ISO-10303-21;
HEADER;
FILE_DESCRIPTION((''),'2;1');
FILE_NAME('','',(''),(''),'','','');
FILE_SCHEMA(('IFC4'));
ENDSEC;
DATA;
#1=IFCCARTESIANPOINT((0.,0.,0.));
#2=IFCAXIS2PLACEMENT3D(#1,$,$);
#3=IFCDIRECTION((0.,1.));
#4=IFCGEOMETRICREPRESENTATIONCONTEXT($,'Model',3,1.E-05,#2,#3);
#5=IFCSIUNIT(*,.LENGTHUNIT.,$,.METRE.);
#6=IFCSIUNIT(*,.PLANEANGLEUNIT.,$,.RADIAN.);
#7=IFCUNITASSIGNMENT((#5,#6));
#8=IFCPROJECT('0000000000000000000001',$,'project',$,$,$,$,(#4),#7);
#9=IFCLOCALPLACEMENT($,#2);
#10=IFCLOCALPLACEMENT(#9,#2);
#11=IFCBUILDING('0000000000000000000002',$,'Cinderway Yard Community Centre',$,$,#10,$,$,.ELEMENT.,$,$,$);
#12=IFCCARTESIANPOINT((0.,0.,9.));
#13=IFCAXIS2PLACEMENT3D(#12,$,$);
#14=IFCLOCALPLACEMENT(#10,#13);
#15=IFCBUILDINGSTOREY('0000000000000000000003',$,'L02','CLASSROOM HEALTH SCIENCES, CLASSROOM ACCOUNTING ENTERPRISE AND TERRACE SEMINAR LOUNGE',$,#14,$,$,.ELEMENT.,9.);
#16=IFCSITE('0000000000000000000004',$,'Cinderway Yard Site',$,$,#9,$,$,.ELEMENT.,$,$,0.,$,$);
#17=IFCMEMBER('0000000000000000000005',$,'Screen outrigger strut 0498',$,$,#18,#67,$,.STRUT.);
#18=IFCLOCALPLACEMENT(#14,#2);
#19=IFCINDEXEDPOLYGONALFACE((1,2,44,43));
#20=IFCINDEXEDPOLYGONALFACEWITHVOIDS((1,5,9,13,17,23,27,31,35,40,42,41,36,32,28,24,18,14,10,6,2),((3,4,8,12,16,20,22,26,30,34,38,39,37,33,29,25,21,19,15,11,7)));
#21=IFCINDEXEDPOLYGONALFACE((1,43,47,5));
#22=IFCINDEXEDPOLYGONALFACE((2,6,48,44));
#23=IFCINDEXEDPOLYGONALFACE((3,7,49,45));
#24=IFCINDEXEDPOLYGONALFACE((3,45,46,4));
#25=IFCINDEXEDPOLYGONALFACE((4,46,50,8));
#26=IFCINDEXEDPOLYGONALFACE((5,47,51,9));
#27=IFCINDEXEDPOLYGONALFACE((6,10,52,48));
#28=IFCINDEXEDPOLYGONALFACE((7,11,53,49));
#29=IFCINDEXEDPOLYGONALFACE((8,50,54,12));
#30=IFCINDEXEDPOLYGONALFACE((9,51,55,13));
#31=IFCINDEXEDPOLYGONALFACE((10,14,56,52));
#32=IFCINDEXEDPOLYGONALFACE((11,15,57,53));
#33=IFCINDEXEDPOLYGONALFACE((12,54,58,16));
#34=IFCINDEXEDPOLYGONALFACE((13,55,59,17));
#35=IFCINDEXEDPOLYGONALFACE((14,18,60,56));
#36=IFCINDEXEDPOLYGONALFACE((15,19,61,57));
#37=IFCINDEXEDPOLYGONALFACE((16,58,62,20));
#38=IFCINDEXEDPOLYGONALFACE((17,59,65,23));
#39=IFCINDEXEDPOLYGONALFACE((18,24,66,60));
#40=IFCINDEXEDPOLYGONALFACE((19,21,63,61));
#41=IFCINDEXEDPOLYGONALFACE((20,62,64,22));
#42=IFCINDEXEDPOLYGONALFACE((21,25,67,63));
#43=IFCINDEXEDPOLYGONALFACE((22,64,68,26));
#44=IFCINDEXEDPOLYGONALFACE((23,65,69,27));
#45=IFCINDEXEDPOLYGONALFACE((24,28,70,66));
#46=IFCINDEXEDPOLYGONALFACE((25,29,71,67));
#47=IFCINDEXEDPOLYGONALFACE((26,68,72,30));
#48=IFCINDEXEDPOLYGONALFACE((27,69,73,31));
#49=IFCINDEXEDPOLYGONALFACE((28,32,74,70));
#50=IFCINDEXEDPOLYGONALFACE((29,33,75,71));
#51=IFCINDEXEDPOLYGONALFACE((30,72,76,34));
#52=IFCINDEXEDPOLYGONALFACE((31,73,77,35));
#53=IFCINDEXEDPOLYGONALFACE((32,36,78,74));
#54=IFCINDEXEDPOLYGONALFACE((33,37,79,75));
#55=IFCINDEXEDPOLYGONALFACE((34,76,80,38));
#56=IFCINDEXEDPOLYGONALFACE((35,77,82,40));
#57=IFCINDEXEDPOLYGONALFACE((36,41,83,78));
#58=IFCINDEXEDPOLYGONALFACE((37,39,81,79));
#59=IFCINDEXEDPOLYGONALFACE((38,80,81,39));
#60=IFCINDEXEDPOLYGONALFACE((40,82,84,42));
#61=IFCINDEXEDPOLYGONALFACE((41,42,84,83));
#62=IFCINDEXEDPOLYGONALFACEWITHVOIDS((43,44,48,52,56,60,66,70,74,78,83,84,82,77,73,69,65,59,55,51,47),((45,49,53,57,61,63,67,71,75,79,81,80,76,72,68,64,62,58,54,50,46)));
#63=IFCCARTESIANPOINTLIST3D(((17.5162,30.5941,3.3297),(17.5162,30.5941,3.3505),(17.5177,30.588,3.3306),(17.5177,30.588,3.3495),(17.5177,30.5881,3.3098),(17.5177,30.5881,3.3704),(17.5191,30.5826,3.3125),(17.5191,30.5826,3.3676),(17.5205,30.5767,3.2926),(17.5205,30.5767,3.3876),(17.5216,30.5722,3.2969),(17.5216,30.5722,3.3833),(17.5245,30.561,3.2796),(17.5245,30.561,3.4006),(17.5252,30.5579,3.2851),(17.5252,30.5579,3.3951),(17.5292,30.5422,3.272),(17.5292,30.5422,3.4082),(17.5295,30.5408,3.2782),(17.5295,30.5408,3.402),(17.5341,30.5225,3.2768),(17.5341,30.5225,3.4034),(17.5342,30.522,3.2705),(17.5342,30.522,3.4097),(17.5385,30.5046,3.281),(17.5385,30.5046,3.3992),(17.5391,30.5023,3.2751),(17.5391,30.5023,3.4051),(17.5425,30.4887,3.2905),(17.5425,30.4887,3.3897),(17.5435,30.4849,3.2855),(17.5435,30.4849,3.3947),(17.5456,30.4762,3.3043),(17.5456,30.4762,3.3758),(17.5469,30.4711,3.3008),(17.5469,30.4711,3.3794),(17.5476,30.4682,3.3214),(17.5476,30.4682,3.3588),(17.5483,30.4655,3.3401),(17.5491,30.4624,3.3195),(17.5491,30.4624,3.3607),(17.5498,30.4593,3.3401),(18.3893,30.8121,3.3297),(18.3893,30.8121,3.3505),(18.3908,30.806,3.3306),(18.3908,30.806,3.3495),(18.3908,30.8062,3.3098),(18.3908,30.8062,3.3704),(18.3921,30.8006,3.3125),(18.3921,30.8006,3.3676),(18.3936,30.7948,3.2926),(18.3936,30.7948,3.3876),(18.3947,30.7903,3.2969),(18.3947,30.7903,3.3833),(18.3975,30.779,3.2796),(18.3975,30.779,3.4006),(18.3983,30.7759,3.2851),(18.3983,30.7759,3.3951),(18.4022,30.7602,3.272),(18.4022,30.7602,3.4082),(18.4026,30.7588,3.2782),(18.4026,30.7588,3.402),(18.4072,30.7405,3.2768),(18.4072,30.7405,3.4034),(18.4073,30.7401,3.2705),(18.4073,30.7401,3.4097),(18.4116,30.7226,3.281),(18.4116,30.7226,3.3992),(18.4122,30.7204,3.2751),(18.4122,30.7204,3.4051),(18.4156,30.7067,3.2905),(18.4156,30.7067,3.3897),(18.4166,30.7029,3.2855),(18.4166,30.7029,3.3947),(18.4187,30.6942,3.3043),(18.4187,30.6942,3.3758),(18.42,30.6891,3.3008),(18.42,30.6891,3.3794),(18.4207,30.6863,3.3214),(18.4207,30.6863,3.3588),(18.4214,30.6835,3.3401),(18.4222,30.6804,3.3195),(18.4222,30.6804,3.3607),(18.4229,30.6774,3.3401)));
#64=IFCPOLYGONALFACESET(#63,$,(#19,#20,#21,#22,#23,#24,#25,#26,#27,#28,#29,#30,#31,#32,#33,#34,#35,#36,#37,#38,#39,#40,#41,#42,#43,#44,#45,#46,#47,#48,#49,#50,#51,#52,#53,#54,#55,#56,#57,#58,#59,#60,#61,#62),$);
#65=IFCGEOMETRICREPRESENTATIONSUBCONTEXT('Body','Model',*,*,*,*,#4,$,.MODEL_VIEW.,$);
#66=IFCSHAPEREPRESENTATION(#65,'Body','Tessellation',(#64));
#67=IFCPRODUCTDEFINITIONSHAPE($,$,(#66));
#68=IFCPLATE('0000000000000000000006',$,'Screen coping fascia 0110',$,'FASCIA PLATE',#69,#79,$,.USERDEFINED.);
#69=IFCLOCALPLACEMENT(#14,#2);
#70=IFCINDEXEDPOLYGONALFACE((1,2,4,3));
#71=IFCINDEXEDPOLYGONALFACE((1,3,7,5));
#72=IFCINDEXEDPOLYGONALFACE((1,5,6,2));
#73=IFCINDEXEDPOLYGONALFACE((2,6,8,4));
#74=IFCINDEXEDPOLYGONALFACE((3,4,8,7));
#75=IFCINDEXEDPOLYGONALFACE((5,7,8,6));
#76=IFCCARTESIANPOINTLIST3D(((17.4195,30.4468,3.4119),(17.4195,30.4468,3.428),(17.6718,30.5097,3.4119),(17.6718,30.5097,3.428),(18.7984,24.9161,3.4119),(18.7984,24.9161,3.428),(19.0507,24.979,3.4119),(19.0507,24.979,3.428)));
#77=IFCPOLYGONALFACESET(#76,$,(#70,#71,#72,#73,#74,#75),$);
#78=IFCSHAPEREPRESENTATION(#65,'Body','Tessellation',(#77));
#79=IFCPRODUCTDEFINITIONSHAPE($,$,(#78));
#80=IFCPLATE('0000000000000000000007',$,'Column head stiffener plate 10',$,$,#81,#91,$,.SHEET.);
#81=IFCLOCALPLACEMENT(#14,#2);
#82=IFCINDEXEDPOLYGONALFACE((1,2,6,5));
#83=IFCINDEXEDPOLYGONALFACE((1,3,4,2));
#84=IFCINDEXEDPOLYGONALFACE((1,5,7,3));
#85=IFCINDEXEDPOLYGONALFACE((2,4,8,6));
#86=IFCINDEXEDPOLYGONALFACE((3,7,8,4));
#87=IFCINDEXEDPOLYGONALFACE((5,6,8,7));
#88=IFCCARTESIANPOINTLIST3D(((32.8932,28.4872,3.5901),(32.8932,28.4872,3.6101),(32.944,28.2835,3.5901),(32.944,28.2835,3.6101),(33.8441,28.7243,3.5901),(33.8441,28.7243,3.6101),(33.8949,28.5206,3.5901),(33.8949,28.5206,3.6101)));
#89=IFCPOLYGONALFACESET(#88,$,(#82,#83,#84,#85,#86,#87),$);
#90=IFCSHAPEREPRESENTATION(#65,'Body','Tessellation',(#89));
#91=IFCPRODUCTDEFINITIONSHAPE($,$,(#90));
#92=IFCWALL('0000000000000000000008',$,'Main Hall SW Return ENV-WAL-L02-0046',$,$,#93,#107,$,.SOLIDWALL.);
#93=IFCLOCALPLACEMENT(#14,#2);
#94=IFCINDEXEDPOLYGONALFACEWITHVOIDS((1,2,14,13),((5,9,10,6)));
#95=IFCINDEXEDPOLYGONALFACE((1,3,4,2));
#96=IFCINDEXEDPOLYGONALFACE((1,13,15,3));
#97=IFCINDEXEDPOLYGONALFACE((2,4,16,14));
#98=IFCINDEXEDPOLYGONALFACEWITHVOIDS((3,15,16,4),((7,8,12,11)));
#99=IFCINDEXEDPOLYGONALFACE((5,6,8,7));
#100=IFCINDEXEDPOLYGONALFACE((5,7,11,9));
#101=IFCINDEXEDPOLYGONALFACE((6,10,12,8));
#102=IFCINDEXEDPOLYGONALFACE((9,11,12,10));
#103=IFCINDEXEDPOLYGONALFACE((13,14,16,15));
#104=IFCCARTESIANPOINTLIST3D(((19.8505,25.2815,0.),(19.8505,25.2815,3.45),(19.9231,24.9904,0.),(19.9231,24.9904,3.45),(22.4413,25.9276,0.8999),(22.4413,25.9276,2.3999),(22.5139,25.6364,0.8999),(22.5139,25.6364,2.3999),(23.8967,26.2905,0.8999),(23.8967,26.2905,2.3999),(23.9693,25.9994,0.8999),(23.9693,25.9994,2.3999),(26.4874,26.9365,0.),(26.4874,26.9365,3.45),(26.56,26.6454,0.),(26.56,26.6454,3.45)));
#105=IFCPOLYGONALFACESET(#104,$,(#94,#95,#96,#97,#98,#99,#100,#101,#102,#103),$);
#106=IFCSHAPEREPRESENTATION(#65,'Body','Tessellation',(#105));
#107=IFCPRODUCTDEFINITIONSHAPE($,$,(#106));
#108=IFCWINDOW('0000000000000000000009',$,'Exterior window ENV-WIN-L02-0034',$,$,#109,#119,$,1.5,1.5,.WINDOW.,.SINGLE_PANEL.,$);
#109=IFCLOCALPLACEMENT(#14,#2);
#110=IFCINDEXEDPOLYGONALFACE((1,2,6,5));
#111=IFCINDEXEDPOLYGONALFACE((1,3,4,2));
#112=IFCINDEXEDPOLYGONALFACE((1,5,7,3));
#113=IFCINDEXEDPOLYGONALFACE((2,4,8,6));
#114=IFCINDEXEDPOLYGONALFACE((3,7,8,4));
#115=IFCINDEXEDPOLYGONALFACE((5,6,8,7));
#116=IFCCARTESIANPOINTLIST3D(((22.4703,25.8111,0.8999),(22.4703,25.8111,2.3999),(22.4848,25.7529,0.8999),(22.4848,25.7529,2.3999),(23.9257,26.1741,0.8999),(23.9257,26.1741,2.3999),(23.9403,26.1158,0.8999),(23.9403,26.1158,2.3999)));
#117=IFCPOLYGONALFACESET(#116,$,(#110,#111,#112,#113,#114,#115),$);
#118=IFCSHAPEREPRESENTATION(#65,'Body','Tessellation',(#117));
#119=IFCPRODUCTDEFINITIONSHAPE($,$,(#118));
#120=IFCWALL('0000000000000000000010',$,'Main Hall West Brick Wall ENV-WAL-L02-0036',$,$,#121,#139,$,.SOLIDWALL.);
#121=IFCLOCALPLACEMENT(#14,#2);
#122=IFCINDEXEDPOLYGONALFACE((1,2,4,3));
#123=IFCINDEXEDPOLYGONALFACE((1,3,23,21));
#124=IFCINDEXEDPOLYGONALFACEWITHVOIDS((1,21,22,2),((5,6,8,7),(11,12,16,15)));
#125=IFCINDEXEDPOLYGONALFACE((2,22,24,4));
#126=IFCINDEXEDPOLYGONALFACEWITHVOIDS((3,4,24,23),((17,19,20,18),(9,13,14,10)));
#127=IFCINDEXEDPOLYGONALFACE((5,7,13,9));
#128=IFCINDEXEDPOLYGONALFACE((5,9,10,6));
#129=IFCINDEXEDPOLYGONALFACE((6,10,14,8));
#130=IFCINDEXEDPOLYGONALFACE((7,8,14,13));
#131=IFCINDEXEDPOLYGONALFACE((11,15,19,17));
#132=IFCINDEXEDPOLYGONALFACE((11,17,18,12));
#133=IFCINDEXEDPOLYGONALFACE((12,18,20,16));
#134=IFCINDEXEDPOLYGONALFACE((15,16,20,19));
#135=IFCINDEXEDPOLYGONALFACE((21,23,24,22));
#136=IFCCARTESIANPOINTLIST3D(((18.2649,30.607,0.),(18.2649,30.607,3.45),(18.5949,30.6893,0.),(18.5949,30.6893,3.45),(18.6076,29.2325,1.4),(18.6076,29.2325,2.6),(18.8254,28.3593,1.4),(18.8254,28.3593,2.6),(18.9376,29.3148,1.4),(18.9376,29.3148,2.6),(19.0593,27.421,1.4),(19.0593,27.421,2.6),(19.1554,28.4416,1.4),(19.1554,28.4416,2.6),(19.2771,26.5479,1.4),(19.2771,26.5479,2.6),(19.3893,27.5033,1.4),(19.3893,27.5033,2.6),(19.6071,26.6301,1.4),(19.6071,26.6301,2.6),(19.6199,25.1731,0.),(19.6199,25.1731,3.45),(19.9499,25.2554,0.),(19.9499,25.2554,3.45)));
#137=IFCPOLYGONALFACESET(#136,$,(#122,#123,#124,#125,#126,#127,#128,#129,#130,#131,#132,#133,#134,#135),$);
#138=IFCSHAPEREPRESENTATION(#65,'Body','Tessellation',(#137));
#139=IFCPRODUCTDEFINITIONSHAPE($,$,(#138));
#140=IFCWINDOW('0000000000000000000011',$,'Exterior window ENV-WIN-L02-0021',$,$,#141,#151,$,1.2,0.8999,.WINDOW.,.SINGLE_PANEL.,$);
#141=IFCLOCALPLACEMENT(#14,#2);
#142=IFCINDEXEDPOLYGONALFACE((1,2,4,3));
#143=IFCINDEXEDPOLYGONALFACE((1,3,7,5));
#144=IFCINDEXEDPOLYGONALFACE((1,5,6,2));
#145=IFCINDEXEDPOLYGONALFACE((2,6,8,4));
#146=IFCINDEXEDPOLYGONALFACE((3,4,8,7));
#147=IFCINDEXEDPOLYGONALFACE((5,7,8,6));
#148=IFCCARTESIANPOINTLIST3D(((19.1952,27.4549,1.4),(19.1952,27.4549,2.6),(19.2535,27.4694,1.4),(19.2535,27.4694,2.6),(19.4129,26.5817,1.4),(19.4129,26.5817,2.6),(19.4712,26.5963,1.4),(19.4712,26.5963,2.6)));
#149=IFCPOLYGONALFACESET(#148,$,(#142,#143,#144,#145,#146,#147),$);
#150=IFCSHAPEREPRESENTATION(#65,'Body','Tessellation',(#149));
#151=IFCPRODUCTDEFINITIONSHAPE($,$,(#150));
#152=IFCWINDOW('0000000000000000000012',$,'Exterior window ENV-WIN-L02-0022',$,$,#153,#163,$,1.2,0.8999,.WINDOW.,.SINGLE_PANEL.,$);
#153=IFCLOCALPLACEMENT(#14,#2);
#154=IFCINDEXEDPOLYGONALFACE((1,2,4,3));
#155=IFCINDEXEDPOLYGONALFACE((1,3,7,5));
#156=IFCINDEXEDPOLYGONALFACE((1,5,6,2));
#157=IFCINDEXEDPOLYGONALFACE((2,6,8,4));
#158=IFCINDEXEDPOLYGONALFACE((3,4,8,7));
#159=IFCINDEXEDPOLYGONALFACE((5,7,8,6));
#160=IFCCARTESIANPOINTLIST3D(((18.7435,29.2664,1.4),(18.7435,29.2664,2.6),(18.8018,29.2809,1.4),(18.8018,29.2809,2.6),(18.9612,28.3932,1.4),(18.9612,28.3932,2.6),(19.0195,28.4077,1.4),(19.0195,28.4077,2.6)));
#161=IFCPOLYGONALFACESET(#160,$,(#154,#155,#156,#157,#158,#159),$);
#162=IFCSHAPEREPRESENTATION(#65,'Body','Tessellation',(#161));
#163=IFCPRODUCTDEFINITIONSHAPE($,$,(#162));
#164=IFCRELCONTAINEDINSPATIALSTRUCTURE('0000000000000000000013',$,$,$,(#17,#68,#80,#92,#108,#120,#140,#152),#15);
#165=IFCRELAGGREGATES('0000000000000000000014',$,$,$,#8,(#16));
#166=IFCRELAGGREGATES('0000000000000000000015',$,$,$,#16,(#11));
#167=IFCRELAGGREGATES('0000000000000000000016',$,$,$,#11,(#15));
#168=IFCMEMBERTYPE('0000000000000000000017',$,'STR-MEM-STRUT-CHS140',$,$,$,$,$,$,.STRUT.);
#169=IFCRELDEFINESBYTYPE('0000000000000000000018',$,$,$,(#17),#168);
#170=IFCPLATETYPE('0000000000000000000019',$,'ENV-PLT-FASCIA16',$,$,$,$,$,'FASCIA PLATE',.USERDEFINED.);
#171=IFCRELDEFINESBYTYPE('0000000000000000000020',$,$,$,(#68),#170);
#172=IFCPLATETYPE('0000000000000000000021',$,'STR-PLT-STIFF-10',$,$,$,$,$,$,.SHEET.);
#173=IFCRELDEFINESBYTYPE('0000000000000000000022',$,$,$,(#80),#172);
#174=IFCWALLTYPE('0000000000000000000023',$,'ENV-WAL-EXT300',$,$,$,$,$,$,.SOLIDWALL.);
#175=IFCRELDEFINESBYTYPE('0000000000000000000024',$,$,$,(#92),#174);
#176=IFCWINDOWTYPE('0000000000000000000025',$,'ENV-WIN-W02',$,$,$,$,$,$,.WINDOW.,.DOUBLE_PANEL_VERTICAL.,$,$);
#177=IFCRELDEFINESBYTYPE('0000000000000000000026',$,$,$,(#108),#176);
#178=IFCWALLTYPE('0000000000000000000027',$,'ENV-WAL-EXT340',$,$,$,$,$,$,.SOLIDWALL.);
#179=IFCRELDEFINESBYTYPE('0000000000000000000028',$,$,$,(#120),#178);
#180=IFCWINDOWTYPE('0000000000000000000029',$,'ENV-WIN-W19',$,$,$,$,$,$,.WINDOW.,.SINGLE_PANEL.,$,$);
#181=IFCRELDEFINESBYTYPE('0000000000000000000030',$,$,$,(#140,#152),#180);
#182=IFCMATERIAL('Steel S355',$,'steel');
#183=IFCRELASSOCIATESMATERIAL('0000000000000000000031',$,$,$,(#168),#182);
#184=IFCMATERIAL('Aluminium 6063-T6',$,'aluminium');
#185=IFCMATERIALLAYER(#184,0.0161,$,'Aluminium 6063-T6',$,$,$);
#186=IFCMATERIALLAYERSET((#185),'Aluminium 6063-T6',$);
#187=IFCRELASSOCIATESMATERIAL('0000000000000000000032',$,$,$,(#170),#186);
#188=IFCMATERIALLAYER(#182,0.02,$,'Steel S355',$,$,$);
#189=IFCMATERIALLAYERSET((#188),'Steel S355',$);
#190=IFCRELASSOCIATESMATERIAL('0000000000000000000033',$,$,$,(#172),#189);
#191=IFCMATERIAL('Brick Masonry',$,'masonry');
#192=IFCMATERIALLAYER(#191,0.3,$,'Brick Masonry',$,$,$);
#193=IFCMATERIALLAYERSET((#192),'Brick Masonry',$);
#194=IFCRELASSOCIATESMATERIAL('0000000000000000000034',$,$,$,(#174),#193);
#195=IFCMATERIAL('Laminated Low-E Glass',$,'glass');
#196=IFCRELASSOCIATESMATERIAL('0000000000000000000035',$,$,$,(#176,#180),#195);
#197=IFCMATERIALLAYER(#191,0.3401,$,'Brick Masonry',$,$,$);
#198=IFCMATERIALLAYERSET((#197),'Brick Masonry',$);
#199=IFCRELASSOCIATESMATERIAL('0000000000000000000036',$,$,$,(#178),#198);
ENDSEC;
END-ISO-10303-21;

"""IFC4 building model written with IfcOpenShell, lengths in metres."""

from ifc_helpers import new_model, si_unit, direction, frame, frame_2d, origin, origin_2d, place, context, subcontext, project, spatial, rectangle, hollow_circle, extrude, material, layer, layer_set, material_profile, profile_set, type_object, element, fill, save


model = new_model("IFC4")

# Units and contexts
model_context = context("Model", 3, precision=1e-05, world=origin(), true_north=direction((0.0, 1.0)))
body_context = subcontext(model_context, "Body", "Model", "MODEL_VIEW")
ifc_project = project(units=[si_unit("LENGTHUNIT", "METRE"), si_unit("PLANEANGLEUNIT", "RADIAN")], contexts=[model_context])

# Site, building, storey
site_placement = place(None, origin())
site = spatial("IfcSite", under=ifc_project, at=site_placement, Name="Cinderway Yard Site", CompositionType="ELEMENT", RefElevation=0.0)
building_placement = place(site_placement, origin())
building = spatial("IfcBuilding", under=site, at=building_placement, Name="Cinderway Yard Community Centre", CompositionType="ELEMENT")
storey_placement = place(building_placement, frame((0.0, 0.0, 9.0)))
storey = spatial("IfcBuildingStorey", under=building, at=storey_placement, Name="L02", Description="CLASSROOM HEALTH SCIENCES, CLASSROOM ACCOUNTING ENTERPRISE AND TERRACE SEMINAR LOUNGE", CompositionType="ELEMENT", Elevation=9.0)

# Shared definitions
ifc_material_1 = material(Name="Steel S355", Category="steel")

# Member
ifc_material_profile_1 = material_profile(ifc_material_1, hollow_circle(Radius=0.0698, WallThickness=0.0063, at=origin_2d()), Name="Steel S355")
ifc_profile_set_1 = profile_set([ifc_material_profile_1], Name="Steel S355")
member_type_1 = type_object("IfcMemberType", Name="STR-MEM-STRUT-CHS140", PredefinedType="STRUT", material=ifc_profile_set_1)
for number, where, z_axis, x_axis, name in (
    (1, (18.406, 30.7451, 3.3401), (-0.970206, -0.24228, 0.0), (0.24228, -0.970206, 0.0), "Screen outrigger strut 0498"),
):
    element("IfcMember", number, at=place(storey_placement, frame(where, z_axis=z_axis, x_axis=x_axis)), inside=storey, type_object=member_type_1, Name=name, PredefinedType="STRUT", context=body_context, shape_type="SweptSolid", body=[
        extrude(hollow_circle(Radius=0.0698, WallThickness=0.0063, at=origin_2d()), origin(), (0.0, 0.0, 1.0), 0.8999),
    ])

# Plates
ifc_material_2 = material(Name="Aluminium 6063-T6", Category="aluminium")
ifc_layer_1 = layer(ifc_material_2, 0.0161, Name="Aluminium 6063-T6")
ifc_layer_set_1 = layer_set([ifc_layer_1], Name="Aluminium 6063-T6")
plate_type_1 = type_object("IfcPlateType", Name="ENV-PLT-FASCIA16", ElementType="FASCIA PLATE", PredefinedType="USERDEFINED", material=ifc_layer_set_1)
plate_1_placement = place(storey_placement, frame((18.2351, 27.7129, 3.4119), z_axis=(0.0, 0.0, 1.0), x_axis=(-0.241922, 0.970296, 0.0)))
element("IfcPlate", 2, at=plate_1_placement, inside=storey, type_object=plate_type_1, Name="Screen coping fascia 0110", ObjectType="FASCIA PLATE", PredefinedType="USERDEFINED", context=body_context, shape_type="SweptSolid", body=[
    extrude(rectangle(XDim=5.7, YDim=0.26, at=origin_2d()), origin(), (0.0, 0.0, 1.0), 0.0161),
])
ifc_layer_2 = layer(ifc_material_1, 0.02, Name="Steel S355")
ifc_layer_set_2 = layer_set([ifc_layer_2], Name="Steel S355")
plate_type_2 = type_object("IfcPlateType", Name="STR-PLT-STIFF-10", PredefinedType="SHEET", material=ifc_layer_set_2)
plate_2_placement = place(storey_placement, frame((33.394, 28.5039, 3.5901), z_axis=(0.0, 0.0, 1.0), x_axis=(0.970296, 0.241922, 0.0)))
element("IfcPlate", 3, at=plate_2_placement, inside=storey, type_object=plate_type_2, Name="Column head stiffener plate 10", PredefinedType="SHEET", context=body_context, shape_type="SweptSolid", body=[
    extrude(rectangle(XDim=0.98, YDim=0.21, at=origin_2d()), origin(), (0.0, 0.0, 1.0), 0.02),
])

# Wall, opening, window
ifc_material_3 = material(Name="Brick Masonry", Category="masonry")
ifc_layer_3 = layer(ifc_material_3, 0.3, Name="Brick Masonry")
ifc_layer_set_3 = layer_set([ifc_layer_3], Name="Brick Masonry")
wall_type_1 = type_object("IfcWallType", Name="ENV-WAL-EXT300", PredefinedType="SOLIDWALL", material=ifc_layer_set_3)
wall_1_placement = place(storey_placement, frame((19.887, 25.136, 0.0), z_axis=(0.0, 0.0, 1.0), x_axis=(0.970287, 0.241956, 0.0)))
wall_1 = element("IfcWall", 4, at=wall_1_placement, inside=storey, type_object=wall_type_1, Name="Main Hall SW Return ENV-WAL-L02-0046", PredefinedType="SOLIDWALL", context=body_context, shape_type="SweptSolid", body=[
    extrude(rectangle(XDim=6.8401, YDim=0.3, at=frame_2d((3.4199, 0.0))), origin(), (0.0, 0.0, 1.0), 3.45),
])
opening_1_placement = place(wall_1_placement, frame((2.6699, 0.0, 0.8999)))
opening_1 = element("IfcOpeningElement", 5, at=opening_1_placement, cuts=wall_1, PredefinedType="OPENING", context=body_context, shape_type="SweptSolid", body=[
    extrude(rectangle(XDim=1.5, YDim=1.5, at=frame_2d((0.75, 0.75))), frame((0.0, 0.1599, 0.0), z_axis=(0.0, -1.0, 0.0), x_axis=(1.0, 0.0, 0.0)), (0.0, 0.0, 1.0), 0.3201),
])
ifc_material_4 = material(Name="Laminated Low-E Glass", Category="glass")
window_type_1 = type_object("IfcWindowType", Name="ENV-WIN-W02", PartitioningType="DOUBLE_PANEL_VERTICAL", PredefinedType="WINDOW", material=ifc_material_4)
window_1_placement = place(opening_1_placement, origin())
window_1 = element("IfcWindow", 6, at=window_1_placement, inside=storey, type_object=window_type_1, Name="Exterior window ENV-WIN-L02-0034", OverallHeight=1.5, OverallWidth=1.5, PartitioningType="SINGLE_PANEL", PredefinedType="WINDOW", context=body_context, shape_type="SweptSolid", body=[
    extrude(rectangle(XDim=1.5, YDim=1.5, at=frame_2d((0.75, 0.75))), frame((0.0, 0.03, 0.0), z_axis=(0.0, -1.0, 0.0), x_axis=(1.0, 0.0, 0.0)), (0.0, 0.0, 1.0), 0.0601),
])
fill(opening_1, window_1)

# Wall, openings, windows
ifc_layer_4 = layer(ifc_material_3, 0.3401, Name="Brick Masonry")
ifc_layer_set_4 = layer_set([ifc_layer_4], Name="Brick Masonry")
wall_type_2 = type_object("IfcWallType", Name="ENV-WAL-EXT340", PredefinedType="SOLIDWALL", material=ifc_layer_set_4)
wall_2_placement = place(storey_placement, frame((19.7849, 25.2141, 0.0), z_axis=(0.0, 0.0, 1.0), x_axis=(-0.241951, 0.970288, 0.0)))
wall_2 = element("IfcWall", 7, at=wall_2_placement, inside=storey, type_object=wall_type_2, Name="Main Hall West Brick Wall ENV-WAL-L02-0036", PredefinedType="SOLIDWALL", context=body_context, shape_type="SweptSolid", body=[
    extrude(rectangle(XDim=5.6003, YDim=0.3401, at=frame_2d((2.8003, 0.0))), origin(), (0.0, 0.0, 1.0), 3.45),
])
opening_2_placement = place(wall_2_placement, frame((1.417, 0.0, 1.3999)))
opening_2 = element("IfcOpeningElement", 8, at=opening_2_placement, cuts=wall_2, PredefinedType="OPENING", context=body_context, shape_type="SweptSolid", body=[
    extrude(rectangle(XDim=0.8999, YDim=1.2, at=frame_2d((0.45, 0.6001))), frame((0.0, 0.1799, 0.0), z_axis=(0.0, -1.0, 0.0), x_axis=(1.0, 0.0, 0.0)), (0.0, 0.0, 1.0), 0.3601),
])
opening_3_placement = place(wall_2_placement, frame((3.2839, 0.0, 1.3999)))
opening_3 = element("IfcOpeningElement", 9, at=opening_3_placement, cuts=wall_2, PredefinedType="OPENING", context=body_context, shape_type="SweptSolid", body=[
    extrude(rectangle(XDim=0.8999, YDim=1.2, at=frame_2d((0.45, 0.6001))), frame((0.0, 0.1799, 0.0), z_axis=(0.0, -1.0, 0.0), x_axis=(1.0, 0.0, 0.0)), (0.0, 0.0, 1.0), 0.3601),
])
window_type_2 = type_object("IfcWindowType", Name="ENV-WIN-W19", PartitioningType="SINGLE_PANEL", PredefinedType="WINDOW", material=ifc_material_4)
window_2_placement = place(opening_2_placement, origin())
window_2 = element("IfcWindow", 10, at=window_2_placement, inside=storey, type_object=window_type_2, Name="Exterior window ENV-WIN-L02-0021", OverallHeight=1.2, OverallWidth=0.8999, PartitioningType="SINGLE_PANEL", PredefinedType="WINDOW", context=body_context, shape_type="SweptSolid", body=[
    extrude(rectangle(XDim=0.8999, YDim=1.2, at=frame_2d((0.45, 0.6001))), frame((0.0, 0.03, 0.0), z_axis=(0.0, -1.0, 0.0), x_axis=(1.0, 0.0, 0.0)), (0.0, 0.0, 1.0), 0.0601),
])
fill(opening_2, window_2)
window_3_placement = place(opening_3_placement, origin())
window_3 = element("IfcWindow", 11, at=window_3_placement, inside=storey, type_object=window_type_2, Name="Exterior window ENV-WIN-L02-0022", OverallHeight=1.2, OverallWidth=0.8999, PartitioningType="SINGLE_PANEL", PredefinedType="WINDOW", context=body_context, shape_type="SweptSolid", body=[
    extrude(rectangle(XDim=0.8999, YDim=1.2, at=frame_2d((0.45, 0.6001))), frame((0.0, 0.03, 0.0), z_axis=(0.0, -1.0, 0.0), x_axis=(1.0, 0.0, 0.0)), (0.0, 0.0, 1.0), 0.0601),
])
fill(opening_3, window_3)

save(model, "model.ifc")
